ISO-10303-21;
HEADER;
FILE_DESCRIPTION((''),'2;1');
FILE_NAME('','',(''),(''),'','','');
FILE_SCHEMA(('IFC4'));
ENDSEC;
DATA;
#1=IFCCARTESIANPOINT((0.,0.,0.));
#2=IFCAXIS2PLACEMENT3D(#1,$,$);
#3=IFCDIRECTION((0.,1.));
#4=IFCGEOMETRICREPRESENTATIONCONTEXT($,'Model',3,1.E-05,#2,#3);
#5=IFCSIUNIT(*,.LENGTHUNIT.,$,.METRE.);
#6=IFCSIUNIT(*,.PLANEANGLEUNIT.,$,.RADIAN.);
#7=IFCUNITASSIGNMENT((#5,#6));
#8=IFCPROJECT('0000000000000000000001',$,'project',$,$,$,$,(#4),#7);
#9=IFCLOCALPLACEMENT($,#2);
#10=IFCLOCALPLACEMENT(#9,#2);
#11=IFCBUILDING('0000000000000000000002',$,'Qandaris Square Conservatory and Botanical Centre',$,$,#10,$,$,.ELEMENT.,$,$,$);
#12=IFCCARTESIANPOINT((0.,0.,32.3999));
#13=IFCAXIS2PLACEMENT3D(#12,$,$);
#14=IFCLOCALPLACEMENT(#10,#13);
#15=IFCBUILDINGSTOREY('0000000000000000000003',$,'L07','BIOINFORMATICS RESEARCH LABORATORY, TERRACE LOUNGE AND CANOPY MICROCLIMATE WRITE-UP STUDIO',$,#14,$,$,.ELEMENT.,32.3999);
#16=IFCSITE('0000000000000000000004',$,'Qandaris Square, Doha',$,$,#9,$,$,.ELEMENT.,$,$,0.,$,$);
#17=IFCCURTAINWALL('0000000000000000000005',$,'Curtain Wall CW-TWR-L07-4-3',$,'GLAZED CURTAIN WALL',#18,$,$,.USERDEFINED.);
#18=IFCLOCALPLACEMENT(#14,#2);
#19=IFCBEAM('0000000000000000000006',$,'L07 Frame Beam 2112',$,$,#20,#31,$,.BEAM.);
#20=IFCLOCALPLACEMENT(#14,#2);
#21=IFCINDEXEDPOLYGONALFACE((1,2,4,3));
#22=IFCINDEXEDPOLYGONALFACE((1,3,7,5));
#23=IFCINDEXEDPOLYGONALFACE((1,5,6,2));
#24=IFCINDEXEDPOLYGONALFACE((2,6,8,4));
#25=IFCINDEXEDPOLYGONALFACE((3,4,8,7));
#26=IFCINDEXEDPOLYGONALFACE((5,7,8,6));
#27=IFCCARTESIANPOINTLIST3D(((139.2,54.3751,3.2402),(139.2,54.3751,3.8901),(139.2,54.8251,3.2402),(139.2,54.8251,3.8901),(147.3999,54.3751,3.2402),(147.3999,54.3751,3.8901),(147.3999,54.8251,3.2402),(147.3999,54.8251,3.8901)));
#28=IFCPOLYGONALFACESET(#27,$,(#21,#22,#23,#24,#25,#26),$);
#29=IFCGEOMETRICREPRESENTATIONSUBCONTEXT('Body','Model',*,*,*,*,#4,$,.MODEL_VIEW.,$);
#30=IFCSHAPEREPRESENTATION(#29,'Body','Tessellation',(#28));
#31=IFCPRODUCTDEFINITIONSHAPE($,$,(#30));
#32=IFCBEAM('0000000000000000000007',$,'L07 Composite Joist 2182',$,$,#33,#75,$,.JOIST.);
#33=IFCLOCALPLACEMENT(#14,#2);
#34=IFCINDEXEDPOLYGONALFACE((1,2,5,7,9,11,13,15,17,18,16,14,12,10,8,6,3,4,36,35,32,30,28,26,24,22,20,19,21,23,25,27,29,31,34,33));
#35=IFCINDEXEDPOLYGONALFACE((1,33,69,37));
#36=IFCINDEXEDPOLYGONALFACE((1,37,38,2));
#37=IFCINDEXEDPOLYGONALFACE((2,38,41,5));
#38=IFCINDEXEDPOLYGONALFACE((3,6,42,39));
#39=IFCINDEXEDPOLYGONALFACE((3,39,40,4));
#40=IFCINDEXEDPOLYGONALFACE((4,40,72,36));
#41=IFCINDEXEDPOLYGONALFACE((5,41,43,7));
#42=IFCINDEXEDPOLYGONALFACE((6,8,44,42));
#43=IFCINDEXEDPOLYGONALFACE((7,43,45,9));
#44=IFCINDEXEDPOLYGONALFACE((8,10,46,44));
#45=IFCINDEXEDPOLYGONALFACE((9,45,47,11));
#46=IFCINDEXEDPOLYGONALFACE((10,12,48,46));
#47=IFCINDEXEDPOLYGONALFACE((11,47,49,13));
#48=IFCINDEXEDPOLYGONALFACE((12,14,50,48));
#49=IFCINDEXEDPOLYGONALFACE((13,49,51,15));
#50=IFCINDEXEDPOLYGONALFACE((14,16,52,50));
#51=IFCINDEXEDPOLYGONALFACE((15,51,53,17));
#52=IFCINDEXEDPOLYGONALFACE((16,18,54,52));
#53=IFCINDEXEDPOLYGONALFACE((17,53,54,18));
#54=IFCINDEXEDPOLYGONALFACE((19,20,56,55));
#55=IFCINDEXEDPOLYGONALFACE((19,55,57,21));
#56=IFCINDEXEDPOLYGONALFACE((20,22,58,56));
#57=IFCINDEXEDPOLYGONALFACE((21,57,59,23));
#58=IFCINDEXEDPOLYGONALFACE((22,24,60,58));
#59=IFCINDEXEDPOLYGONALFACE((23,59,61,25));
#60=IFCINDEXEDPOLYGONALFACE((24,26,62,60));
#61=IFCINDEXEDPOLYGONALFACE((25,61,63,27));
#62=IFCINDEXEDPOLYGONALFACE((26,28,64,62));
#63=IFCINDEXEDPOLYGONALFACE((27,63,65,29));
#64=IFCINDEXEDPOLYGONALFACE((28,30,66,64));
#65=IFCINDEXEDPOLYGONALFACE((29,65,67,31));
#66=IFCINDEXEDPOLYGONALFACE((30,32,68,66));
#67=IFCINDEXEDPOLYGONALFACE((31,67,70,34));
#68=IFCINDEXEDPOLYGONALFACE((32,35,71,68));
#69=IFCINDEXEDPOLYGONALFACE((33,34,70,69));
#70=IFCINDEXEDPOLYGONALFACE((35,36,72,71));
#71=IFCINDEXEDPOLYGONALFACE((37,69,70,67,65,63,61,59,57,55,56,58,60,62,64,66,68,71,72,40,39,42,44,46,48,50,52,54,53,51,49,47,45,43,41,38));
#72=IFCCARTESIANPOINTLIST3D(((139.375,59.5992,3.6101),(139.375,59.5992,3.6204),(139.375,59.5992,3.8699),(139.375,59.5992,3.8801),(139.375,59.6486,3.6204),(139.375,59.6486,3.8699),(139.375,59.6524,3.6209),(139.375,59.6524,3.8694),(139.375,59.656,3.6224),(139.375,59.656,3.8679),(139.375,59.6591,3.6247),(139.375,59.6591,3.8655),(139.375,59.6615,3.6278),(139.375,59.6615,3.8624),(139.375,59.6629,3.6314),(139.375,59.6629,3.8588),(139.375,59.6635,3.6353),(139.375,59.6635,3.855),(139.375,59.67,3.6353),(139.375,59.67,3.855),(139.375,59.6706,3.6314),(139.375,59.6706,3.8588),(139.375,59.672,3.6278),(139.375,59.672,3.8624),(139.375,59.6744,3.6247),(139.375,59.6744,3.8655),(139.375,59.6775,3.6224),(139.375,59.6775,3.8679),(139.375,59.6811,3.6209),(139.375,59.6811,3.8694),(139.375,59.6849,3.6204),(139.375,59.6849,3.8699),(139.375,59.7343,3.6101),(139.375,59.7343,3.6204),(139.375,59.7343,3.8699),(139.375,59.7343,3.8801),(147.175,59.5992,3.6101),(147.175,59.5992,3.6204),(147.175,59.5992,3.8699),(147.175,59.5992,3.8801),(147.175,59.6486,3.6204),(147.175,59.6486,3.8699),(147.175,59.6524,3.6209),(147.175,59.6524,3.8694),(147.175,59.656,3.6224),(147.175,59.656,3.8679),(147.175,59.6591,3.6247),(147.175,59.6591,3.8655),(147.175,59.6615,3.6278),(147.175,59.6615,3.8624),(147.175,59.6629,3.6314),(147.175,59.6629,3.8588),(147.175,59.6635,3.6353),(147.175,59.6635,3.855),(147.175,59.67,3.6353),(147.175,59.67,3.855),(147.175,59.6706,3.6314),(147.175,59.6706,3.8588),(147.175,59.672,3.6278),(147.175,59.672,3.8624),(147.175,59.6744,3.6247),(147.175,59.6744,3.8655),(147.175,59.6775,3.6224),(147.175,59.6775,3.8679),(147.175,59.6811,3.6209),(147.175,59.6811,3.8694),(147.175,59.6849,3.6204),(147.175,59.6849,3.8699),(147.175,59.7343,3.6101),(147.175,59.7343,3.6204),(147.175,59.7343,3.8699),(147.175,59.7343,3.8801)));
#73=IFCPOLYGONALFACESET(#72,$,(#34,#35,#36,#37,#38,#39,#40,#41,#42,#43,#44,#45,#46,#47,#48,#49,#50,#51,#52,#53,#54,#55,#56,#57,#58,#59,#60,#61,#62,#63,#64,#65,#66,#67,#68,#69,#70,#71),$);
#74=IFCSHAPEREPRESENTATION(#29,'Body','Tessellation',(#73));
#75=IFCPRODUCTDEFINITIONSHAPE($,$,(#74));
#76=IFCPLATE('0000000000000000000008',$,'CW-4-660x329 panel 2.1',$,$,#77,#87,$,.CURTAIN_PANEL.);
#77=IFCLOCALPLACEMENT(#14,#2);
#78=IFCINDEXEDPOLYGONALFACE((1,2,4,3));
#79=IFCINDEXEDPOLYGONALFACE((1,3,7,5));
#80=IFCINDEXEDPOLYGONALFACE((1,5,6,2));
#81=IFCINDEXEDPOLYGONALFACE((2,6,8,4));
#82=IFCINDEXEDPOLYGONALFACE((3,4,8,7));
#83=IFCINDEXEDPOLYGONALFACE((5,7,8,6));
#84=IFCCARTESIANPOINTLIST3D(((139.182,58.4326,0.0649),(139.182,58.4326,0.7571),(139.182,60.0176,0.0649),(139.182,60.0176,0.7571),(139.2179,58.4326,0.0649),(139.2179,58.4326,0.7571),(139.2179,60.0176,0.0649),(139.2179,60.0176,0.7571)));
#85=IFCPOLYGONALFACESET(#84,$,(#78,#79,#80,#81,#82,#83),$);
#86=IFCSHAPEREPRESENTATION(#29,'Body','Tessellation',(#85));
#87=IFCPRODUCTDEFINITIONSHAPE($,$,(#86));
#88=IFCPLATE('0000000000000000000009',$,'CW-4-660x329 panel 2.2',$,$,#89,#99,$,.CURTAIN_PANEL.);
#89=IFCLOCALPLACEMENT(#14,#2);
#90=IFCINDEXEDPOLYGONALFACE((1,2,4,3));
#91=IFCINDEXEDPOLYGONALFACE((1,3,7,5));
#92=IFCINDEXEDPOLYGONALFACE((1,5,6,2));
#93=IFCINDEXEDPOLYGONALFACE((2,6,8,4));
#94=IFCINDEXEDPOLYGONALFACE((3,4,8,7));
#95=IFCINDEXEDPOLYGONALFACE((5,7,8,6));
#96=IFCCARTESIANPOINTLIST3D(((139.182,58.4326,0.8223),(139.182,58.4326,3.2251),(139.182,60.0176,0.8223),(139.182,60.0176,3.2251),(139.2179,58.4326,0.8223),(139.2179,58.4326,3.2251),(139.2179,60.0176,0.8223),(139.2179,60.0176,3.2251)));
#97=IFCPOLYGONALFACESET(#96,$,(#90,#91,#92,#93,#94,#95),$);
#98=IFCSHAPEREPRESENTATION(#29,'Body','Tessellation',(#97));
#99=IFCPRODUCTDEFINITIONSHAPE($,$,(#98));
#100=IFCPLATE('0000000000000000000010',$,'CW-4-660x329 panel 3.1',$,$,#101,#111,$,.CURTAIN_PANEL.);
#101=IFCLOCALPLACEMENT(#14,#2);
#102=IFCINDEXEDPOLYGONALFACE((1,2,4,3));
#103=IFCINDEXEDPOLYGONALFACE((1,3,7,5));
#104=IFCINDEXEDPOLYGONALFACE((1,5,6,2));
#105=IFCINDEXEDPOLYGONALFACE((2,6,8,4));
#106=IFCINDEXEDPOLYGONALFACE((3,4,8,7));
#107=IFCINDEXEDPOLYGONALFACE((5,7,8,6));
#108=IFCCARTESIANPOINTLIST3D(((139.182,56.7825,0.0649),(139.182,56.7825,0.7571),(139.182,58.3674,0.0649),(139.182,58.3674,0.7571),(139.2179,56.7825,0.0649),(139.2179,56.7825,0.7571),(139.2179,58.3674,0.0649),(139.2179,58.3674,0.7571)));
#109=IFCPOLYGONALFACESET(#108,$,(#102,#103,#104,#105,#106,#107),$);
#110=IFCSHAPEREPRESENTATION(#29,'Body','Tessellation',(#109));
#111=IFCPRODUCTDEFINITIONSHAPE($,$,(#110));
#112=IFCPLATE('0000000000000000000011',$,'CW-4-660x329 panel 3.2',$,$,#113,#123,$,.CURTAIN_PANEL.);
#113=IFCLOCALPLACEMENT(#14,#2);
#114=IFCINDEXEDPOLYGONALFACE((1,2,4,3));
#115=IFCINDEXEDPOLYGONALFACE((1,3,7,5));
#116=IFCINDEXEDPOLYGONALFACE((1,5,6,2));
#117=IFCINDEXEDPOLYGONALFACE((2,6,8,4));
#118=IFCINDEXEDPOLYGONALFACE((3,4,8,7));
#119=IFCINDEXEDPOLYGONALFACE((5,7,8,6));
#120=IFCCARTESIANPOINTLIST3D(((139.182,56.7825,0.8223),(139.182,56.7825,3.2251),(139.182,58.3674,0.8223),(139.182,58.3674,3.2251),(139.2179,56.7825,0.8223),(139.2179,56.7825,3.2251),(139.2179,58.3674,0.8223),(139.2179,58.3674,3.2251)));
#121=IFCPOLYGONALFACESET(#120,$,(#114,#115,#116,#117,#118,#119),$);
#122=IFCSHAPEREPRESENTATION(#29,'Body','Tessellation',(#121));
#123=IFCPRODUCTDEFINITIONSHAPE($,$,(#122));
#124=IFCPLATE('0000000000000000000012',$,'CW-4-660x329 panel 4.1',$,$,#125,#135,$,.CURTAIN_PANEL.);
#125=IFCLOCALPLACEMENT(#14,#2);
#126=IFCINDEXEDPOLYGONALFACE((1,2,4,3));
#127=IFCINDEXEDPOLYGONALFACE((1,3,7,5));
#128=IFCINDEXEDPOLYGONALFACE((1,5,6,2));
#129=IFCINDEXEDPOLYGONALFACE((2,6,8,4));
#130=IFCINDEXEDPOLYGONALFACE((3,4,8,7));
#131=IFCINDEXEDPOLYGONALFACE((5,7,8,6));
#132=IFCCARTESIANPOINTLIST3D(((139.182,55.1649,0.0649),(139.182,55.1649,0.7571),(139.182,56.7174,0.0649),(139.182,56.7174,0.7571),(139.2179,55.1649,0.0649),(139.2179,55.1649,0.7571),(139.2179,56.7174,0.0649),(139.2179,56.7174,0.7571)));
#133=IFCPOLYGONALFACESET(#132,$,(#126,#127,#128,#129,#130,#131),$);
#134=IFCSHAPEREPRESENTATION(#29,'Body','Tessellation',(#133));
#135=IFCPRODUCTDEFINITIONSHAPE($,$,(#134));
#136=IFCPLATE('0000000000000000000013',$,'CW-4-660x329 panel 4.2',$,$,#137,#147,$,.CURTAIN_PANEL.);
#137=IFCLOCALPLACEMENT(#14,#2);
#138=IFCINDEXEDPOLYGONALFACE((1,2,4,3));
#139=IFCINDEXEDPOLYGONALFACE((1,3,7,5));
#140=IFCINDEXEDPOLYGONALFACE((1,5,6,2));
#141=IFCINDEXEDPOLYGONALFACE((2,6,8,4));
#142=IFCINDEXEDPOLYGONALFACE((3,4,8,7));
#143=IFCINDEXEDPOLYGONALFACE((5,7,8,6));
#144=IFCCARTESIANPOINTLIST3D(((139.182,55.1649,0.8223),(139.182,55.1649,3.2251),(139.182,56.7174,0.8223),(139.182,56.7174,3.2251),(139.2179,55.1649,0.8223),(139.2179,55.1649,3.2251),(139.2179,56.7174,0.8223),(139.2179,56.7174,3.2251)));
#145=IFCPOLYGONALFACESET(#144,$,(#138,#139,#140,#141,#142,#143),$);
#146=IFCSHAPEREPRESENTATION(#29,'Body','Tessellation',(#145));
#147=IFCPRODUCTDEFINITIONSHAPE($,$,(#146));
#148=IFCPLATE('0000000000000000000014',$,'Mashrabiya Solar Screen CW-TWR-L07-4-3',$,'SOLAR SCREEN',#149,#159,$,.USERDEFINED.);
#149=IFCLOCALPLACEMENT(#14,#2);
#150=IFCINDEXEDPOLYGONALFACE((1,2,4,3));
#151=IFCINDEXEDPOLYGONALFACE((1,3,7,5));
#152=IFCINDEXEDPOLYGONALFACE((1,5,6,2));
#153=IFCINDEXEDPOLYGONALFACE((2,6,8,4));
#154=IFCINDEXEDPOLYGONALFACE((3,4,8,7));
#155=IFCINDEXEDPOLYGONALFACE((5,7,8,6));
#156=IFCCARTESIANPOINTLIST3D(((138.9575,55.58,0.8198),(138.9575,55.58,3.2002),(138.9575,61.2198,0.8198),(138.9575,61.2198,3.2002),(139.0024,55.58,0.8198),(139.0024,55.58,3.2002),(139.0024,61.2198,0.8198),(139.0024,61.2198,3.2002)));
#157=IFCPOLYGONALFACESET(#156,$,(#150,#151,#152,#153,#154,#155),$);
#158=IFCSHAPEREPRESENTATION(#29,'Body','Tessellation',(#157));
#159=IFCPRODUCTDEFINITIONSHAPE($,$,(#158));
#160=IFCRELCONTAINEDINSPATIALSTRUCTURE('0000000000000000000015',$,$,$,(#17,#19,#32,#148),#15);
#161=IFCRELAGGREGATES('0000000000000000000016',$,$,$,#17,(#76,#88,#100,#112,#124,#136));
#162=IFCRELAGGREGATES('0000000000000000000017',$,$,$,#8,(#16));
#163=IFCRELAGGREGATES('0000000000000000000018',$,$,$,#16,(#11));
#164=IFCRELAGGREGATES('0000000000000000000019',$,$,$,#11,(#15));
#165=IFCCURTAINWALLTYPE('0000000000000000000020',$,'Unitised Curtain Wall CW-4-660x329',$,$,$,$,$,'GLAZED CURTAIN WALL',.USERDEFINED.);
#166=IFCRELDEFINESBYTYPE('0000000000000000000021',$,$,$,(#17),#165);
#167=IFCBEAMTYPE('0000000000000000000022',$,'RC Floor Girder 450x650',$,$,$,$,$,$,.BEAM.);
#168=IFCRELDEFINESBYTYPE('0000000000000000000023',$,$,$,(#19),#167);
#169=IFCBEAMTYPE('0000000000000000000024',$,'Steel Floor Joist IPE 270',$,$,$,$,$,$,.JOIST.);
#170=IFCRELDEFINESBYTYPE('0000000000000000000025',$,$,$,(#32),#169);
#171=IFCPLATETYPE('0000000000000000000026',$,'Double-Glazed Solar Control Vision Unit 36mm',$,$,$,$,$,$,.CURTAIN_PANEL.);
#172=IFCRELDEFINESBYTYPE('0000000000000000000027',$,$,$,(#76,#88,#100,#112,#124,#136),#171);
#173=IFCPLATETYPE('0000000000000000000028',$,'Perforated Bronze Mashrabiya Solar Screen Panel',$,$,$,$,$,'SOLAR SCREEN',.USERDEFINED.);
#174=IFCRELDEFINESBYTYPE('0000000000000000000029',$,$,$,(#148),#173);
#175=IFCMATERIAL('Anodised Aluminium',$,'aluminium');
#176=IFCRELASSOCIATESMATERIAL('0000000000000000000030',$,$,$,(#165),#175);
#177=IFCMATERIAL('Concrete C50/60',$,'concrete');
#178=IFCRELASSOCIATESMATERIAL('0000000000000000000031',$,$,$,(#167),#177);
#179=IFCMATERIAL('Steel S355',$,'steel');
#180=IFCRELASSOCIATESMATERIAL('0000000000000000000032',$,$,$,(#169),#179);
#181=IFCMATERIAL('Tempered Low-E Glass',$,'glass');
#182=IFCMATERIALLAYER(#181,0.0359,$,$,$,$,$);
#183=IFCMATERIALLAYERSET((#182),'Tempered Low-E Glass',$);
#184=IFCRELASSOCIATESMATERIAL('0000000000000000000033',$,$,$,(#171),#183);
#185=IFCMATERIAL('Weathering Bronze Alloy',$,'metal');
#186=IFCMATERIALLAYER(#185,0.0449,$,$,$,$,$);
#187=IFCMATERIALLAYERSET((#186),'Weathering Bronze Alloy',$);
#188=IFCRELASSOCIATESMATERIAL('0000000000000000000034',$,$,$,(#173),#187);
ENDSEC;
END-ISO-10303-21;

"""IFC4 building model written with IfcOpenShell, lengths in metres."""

from ifc_helpers import new_model, si_unit, direction, frame, origin, origin_2d, place, context, subcontext, project, spatial, rectangle, i_section, extrude, material, layer, layer_set, material_profile, profile_set, type_object, element, aggregate, save


model = new_model("IFC4")

# Units and contexts
model_context = context("Model", 3, precision=1e-05, world=origin(), true_north=direction((0.0, 1.0)))
body_context = subcontext(model_context, "Body", "Model", "MODEL_VIEW")
ifc_project = project(units=[si_unit("LENGTHUNIT", "METRE"), si_unit("PLANEANGLEUNIT", "RADIAN")], contexts=[model_context])

# Site, building, storey
site_placement = place(None, origin())
site = spatial("IfcSite", under=ifc_project, at=site_placement, Name="Qandaris Square, Doha", CompositionType="ELEMENT", RefElevation=0.0)
building_placement = place(site_placement, origin())
building = spatial("IfcBuilding", under=site, at=building_placement, Name="Qandaris Square Conservatory and Botanical Centre", CompositionType="ELEMENT")
storey_placement = place(building_placement, frame((0.0, 0.0, 32.3999)))
storey = spatial("IfcBuildingStorey", under=building, at=storey_placement, Name="L07", Description="BIOINFORMATICS RESEARCH LABORATORY, TERRACE LOUNGE AND CANOPY MICROCLIMATE WRITE-UP STUDIO", CompositionType="ELEMENT", Elevation=32.3999)

# Shared definitions
ifc_material_1 = material(Name="Concrete C50/60", Category="concrete")

# Shared definitions
ifc_material_2 = material(Name="Steel S355", Category="steel")

# Curtain wall
ifc_material_3 = material(Name="Anodised Aluminium", Category="aluminium")
curtain_wall_type = type_object("IfcCurtainWallType", Name="Unitised Curtain Wall CW-4-660x329", ElementType="GLAZED CURTAIN WALL", PredefinedType="USERDEFINED", material=ifc_material_3)
curtain_wall_placement = place(storey_placement, origin())
curtain_wall = element("IfcCurtainWall", 1, at=curtain_wall_placement, inside=storey, type_object=curtain_wall_type, Name="Curtain Wall CW-TWR-L07-4-3", ObjectType="GLAZED CURTAIN WALL", PredefinedType="USERDEFINED")

# Beams
ifc_material_profile_1 = material_profile(ifc_material_1, rectangle(XDim=0.45, YDim=0.6499, at=origin_2d()), Name="RC-BM 450x650")
ifc_profile_set_1 = profile_set([ifc_material_profile_1], Name="Concrete C50/60")
beam_type_1 = type_object("IfcBeamType", Name="RC Floor Girder 450x650", PredefinedType="BEAM", material=ifc_profile_set_1)
for number, where, z_axis, x_axis, name in (
    (2, (139.2, 54.6001, 3.5652), (1.0, 0.0, 0.0), (0.0, 1.0, 0.0), "L07 Frame Beam 2112"),
):
    element("IfcBeam", number, at=place(storey_placement, frame(where, z_axis=z_axis, x_axis=x_axis)), inside=storey, type_object=beam_type_1, Name=name, PredefinedType="BEAM", context=body_context, shape_type="SweptSolid", body=[
        extrude(rectangle(XDim=0.45, YDim=0.6499, at=origin_2d()), origin(), (0.0, 0.0, 1.0), 8.2),
    ])
ifc_material_profile_2 = material_profile(ifc_material_2, i_section(OverallWidth=0.135, OverallDepth=0.27, WebThickness=0.0066, FlangeThickness=0.0103, FilletRadius=0.0149, at=origin_2d()), Name="IPE 270")
ifc_profile_set_2 = profile_set([ifc_material_profile_2], Name="Steel S355")
beam_type_2 = type_object("IfcBeamType", Name="Steel Floor Joist IPE 270", PredefinedType="JOIST", material=ifc_profile_set_2)
beam_1_placement = place(storey_placement, frame((139.375, 59.6667, 3.7451), z_axis=(1.0, 0.0, 0.0), x_axis=(0.0, 1.0, 0.0)))
element("IfcBeam", 3, at=beam_1_placement, inside=storey, type_object=beam_type_2, Name="L07 Composite Joist 2182", PredefinedType="JOIST", context=body_context, shape_type="SweptSolid", body=[
    extrude(i_section(OverallWidth=0.135, OverallDepth=0.27, WebThickness=0.0066, FlangeThickness=0.0103, FilletRadius=0.0149, at=origin_2d()), origin(), (0.0, 0.0, 1.0), 7.8),
])

# Plates
ifc_material_4 = material(Name="Tempered Low-E Glass", Category="glass")
ifc_layer_1 = layer(ifc_material_4, 0.0359)
ifc_layer_set_1 = layer_set([ifc_layer_1], Name="Tempered Low-E Glass")
plate_type_1 = type_object("IfcPlateType", Name="Double-Glazed Solar Control Vision Unit 36mm", PredefinedType="CURTAIN_PANEL", material=ifc_layer_set_1)
plate_1_placement = place(storey_placement, frame((139.2, 59.2251, 0.0649), z_axis=(0.0, 0.0, 1.0), x_axis=(0.0, -1.0, 0.0)))
plate_1 = element("IfcPlate", 4, at=plate_1_placement, type_object=plate_type_1, Name="CW-4-660x329 panel 2.1", PredefinedType="CURTAIN_PANEL", context=body_context, shape_type="SweptSolid", body=[
    extrude(rectangle(XDim=1.585, YDim=0.0359, at=origin_2d()), origin(), (0.0, 0.0, 1.0), 0.6921),
])
plate_2_placement = place(storey_placement, frame((139.2, 59.2251, 0.8223), z_axis=(0.0, 0.0, 1.0), x_axis=(0.0, -1.0, 0.0)))
plate_2 = element("IfcPlate", 5, at=plate_2_placement, type_object=plate_type_1, Name="CW-4-660x329 panel 2.2", PredefinedType="CURTAIN_PANEL", context=body_context, shape_type="SweptSolid", body=[
    extrude(rectangle(XDim=1.585, YDim=0.0359, at=origin_2d()), origin(), (0.0, 0.0, 1.0), 2.4028),
])
plate_3_placement = place(storey_placement, frame((139.2, 57.575, 0.0649), z_axis=(0.0, 0.0, 1.0), x_axis=(0.0, -1.0, 0.0)))
plate_3 = element("IfcPlate", 6, at=plate_3_placement, type_object=plate_type_1, Name="CW-4-660x329 panel 3.1", PredefinedType="CURTAIN_PANEL", context=body_context, shape_type="SweptSolid", body=[
    extrude(rectangle(XDim=1.585, YDim=0.0359, at=origin_2d()), origin(), (0.0, 0.0, 1.0), 0.6921),
])
plate_4_placement = place(storey_placement, frame((139.2, 57.575, 0.8223), z_axis=(0.0, 0.0, 1.0), x_axis=(0.0, -1.0, 0.0)))
plate_4 = element("IfcPlate", 7, at=plate_4_placement, type_object=plate_type_1, Name="CW-4-660x329 panel 3.2", PredefinedType="CURTAIN_PANEL", context=body_context, shape_type="SweptSolid", body=[
    extrude(rectangle(XDim=1.585, YDim=0.0359, at=origin_2d()), origin(), (0.0, 0.0, 1.0), 2.4028),
])
plate_5_placement = place(storey_placement, frame((139.2, 55.9412, 0.0649), z_axis=(0.0, 0.0, 1.0), x_axis=(0.0, -1.0, 0.0)))
plate_5 = element("IfcPlate", 8, at=plate_5_placement, type_object=plate_type_1, Name="CW-4-660x329 panel 4.1", PredefinedType="CURTAIN_PANEL", context=body_context, shape_type="SweptSolid", body=[
    extrude(rectangle(XDim=1.5525, YDim=0.0359, at=origin_2d()), origin(), (0.0, 0.0, 1.0), 0.6921),
])
plate_6_placement = place(storey_placement, frame((139.2, 55.9412, 0.8223), z_axis=(0.0, 0.0, 1.0), x_axis=(0.0, -1.0, 0.0)))
plate_6 = element("IfcPlate", 9, at=plate_6_placement, type_object=plate_type_1, Name="CW-4-660x329 panel 4.2", PredefinedType="CURTAIN_PANEL", context=body_context, shape_type="SweptSolid", body=[
    extrude(rectangle(XDim=1.5525, YDim=0.0359, at=origin_2d()), origin(), (0.0, 0.0, 1.0), 2.4028),
])
aggregate(curtain_wall, [plate_1, plate_2, plate_3, plate_4, plate_5, plate_6])
ifc_material_5 = material(Name="Weathering Bronze Alloy", Category="metal")
ifc_layer_2 = layer(ifc_material_5, 0.0449)
ifc_layer_set_2 = layer_set([ifc_layer_2], Name="Weathering Bronze Alloy")
plate_type_2 = type_object("IfcPlateType", Name="Perforated Bronze Mashrabiya Solar Screen Panel", ElementType="SOLAR SCREEN", PredefinedType="USERDEFINED", material=ifc_layer_set_2)
plate_7_placement = place(storey_placement, frame((138.98, 58.3999, 0.8198), z_axis=(0.0, 0.0, 1.0), x_axis=(0.0, -1.0, 0.0)))
element("IfcPlate", 10, at=plate_7_placement, inside=storey, type_object=plate_type_2, Name="Mashrabiya Solar Screen CW-TWR-L07-4-3", ObjectType="SOLAR SCREEN", PredefinedType="USERDEFINED", context=body_context, shape_type="SweptSolid", body=[
    extrude(rectangle(XDim=5.6399, YDim=0.0449, at=origin_2d()), origin(), (0.0, 0.0, 1.0), 2.3804),
])

save(model, "model.ifc")
